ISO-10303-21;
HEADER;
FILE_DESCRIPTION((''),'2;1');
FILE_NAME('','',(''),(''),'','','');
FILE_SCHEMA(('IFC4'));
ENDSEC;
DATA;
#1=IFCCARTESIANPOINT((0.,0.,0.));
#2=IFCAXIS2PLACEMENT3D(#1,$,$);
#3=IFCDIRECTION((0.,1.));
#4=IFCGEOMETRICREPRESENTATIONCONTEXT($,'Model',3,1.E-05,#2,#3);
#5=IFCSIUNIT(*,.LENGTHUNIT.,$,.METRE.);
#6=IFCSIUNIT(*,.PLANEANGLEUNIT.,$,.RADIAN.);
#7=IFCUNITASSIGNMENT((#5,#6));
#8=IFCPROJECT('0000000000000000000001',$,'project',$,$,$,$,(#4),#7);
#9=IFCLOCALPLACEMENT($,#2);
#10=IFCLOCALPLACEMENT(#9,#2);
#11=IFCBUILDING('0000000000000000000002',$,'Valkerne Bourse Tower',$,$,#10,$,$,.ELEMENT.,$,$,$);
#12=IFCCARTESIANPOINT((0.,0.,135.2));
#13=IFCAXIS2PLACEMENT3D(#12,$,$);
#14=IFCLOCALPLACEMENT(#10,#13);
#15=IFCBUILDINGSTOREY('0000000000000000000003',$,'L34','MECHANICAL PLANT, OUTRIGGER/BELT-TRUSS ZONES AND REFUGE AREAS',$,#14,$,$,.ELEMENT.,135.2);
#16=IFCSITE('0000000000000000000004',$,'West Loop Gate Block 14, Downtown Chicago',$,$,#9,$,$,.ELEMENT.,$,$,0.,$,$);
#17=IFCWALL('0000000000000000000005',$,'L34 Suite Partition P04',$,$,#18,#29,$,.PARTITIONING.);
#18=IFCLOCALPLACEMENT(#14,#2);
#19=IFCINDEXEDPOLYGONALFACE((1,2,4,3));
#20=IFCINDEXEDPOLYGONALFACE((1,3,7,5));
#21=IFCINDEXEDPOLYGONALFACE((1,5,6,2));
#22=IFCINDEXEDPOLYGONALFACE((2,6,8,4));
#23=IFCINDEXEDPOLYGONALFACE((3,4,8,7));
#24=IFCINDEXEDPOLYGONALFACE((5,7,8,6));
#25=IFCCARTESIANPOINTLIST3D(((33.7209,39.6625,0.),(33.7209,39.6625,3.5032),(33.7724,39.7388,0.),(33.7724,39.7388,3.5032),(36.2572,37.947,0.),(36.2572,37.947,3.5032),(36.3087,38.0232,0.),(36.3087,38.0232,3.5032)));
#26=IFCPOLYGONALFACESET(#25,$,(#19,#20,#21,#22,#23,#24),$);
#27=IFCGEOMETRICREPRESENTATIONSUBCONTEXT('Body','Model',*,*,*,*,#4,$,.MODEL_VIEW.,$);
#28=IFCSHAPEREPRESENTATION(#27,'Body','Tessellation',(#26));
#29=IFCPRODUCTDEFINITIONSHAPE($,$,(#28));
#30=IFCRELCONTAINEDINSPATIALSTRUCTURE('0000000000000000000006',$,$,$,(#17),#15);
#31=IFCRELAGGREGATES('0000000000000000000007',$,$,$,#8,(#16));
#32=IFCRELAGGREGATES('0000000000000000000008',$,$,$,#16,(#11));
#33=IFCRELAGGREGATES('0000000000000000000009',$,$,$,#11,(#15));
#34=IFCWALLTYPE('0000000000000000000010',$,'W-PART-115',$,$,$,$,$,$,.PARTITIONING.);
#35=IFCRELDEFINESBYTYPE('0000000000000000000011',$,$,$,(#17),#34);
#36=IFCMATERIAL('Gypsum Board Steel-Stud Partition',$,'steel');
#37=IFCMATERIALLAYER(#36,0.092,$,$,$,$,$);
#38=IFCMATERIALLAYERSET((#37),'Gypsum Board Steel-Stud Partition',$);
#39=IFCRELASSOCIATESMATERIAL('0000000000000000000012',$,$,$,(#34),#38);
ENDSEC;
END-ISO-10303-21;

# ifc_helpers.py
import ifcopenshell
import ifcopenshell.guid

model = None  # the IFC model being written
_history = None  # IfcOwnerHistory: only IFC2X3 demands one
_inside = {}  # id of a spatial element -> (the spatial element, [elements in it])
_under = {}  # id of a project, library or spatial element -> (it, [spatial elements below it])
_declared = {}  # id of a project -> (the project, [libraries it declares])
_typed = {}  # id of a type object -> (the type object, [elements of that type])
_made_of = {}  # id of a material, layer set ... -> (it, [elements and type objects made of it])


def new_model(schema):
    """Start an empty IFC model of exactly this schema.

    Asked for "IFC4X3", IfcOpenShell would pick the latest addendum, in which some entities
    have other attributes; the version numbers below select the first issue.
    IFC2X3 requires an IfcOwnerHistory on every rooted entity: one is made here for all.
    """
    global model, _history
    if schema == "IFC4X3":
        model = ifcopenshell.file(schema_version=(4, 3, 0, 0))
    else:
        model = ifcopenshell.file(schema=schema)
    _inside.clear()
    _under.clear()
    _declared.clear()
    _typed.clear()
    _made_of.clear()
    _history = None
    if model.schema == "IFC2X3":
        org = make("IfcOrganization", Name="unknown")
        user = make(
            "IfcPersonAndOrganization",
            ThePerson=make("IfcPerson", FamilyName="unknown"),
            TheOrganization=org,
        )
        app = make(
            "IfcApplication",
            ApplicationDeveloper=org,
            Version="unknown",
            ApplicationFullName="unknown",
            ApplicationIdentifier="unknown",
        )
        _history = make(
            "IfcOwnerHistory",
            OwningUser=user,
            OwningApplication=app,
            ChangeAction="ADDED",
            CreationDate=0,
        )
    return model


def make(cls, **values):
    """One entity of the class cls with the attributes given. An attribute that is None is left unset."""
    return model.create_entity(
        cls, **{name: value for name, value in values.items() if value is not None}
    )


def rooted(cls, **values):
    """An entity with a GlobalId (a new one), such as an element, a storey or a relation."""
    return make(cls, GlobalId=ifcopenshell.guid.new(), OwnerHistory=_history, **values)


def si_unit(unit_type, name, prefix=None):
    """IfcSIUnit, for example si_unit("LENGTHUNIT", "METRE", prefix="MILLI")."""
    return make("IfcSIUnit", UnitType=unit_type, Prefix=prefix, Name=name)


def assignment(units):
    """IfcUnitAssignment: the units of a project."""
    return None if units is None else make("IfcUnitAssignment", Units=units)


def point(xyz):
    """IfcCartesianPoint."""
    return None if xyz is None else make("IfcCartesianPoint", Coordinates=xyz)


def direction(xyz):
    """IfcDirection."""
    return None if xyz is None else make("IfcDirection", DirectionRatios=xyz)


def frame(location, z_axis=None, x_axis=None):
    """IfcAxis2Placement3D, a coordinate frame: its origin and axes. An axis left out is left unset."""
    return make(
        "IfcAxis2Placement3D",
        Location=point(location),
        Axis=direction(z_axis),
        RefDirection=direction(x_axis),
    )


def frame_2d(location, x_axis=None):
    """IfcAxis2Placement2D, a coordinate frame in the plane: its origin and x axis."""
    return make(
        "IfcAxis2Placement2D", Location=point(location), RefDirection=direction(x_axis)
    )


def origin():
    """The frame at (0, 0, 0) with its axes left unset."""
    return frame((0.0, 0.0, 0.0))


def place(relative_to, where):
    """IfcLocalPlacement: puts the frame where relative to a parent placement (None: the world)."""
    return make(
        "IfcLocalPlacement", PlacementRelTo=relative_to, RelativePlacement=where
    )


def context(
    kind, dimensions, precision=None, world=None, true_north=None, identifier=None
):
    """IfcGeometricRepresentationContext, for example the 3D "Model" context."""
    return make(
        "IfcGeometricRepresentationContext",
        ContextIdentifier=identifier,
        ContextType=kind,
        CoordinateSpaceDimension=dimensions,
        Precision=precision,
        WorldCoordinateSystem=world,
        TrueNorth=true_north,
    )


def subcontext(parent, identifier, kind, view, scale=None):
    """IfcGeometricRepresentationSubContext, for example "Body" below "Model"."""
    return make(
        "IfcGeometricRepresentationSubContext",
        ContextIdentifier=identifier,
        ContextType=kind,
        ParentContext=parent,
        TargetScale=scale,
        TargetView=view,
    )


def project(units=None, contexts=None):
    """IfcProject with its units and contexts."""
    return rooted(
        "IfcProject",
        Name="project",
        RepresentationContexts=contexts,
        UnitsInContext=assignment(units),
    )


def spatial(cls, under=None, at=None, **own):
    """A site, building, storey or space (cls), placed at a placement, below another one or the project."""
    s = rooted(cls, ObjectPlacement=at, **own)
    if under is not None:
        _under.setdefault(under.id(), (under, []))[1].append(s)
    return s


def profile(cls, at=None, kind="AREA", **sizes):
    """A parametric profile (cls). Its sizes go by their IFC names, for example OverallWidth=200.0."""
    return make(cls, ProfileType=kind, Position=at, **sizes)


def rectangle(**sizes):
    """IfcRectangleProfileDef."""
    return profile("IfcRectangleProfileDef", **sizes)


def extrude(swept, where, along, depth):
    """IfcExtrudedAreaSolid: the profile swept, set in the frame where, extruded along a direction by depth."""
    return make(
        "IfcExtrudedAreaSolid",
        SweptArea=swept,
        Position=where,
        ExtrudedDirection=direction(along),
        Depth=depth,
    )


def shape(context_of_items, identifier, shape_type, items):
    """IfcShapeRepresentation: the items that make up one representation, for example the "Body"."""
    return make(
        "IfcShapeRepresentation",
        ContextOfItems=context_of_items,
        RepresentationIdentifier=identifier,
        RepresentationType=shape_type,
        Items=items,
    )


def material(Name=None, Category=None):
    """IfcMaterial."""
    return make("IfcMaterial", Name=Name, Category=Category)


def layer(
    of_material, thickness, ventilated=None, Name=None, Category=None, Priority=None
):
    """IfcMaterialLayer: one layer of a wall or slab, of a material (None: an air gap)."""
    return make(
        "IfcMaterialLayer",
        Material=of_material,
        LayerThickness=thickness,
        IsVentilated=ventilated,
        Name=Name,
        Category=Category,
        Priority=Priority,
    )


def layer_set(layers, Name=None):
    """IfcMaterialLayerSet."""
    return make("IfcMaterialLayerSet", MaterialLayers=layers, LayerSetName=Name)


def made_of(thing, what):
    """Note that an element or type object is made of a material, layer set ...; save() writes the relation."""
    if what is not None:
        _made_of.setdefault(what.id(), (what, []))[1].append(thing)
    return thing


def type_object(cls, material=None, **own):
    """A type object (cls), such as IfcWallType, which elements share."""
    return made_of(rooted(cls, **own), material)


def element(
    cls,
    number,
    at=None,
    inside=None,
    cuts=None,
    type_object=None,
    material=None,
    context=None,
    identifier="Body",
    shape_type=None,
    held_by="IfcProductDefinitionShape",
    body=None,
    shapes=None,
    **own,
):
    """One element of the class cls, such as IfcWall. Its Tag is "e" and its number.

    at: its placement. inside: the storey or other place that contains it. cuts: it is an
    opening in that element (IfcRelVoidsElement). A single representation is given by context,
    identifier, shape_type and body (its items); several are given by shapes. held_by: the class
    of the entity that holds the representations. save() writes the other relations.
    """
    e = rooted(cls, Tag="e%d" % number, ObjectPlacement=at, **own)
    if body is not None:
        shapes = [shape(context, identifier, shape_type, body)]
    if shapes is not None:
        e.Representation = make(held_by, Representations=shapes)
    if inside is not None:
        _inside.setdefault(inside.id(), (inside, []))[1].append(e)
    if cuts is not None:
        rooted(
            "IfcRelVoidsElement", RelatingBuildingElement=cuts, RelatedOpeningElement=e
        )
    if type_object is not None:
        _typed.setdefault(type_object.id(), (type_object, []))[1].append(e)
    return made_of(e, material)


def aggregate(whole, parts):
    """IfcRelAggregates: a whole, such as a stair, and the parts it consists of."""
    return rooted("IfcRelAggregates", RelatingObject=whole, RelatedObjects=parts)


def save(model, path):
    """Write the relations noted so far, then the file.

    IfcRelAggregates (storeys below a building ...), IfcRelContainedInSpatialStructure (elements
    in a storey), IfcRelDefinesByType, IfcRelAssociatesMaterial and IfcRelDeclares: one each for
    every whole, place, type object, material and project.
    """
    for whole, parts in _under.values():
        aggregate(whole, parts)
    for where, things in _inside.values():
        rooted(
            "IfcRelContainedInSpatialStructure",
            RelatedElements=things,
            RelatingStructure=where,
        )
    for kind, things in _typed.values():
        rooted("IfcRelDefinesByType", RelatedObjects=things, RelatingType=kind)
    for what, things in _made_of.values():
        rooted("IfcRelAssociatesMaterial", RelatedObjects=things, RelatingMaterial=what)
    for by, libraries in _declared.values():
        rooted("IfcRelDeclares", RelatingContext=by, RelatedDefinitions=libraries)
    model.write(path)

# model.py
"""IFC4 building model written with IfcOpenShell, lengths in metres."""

from ifc_helpers import new_model, si_unit, direction, frame, frame_2d, origin, place, context, subcontext, project, spatial, rectangle, extrude, material, layer, layer_set, type_object, element, save


model = new_model("IFC4")

# Units and contexts
model_context = context("Model", 3, precision=1e-05, world=origin(), true_north=direction((0.0, 1.0)))
body_context = subcontext(model_context, "Body", "Model", "MODEL_VIEW")
ifc_project = project(units=[si_unit("LENGTHUNIT", "METRE"), si_unit("PLANEANGLEUNIT", "RADIAN")], contexts=[model_context])

# Site, building, storey
site_placement = place(None, origin())
site = spatial("IfcSite", under=ifc_project, at=site_placement, Name="West Loop Gate Block 14, Downtown Chicago", CompositionType="ELEMENT", RefElevation=0.0)
building_placement = place(site_placement, origin())
building = spatial("IfcBuilding", under=site, at=building_placement, Name="Valkerne Bourse Tower", CompositionType="ELEMENT")
storey_placement = place(building_placement, frame((0.0, 0.0, 135.2)))
storey = spatial("IfcBuildingStorey", under=building, at=storey_placement, Name="L34", Description="MECHANICAL PLANT, OUTRIGGER/BELT-TRUSS ZONES AND REFUGE AREAS", CompositionType="ELEMENT", Elevation=135.2)

# Shared definitions
ifc_material_1 = material(Name="Gypsum Board Steel-Stud Partition", Category="steel")

# Wall
ifc_layer_1 = layer(ifc_material_1, 0.092)
ifc_layer_set_1 = layer_set([ifc_layer_1], Name="Gypsum Board Steel-Stud Partition")
wall_type_1 = type_object("IfcWallType", Name="W-PART-115", PredefinedType="PARTITIONING", material=ifc_layer_set_1)
wall_1_placement = place(storey_placement, frame((36.283, 37.9851, 0.0), z_axis=(0.0, 0.0, 1.0), x_axis=(-0.828315, 0.560263, 0.0)))
element("IfcWall", 1, at=wall_1_placement, inside=storey, type_object=wall_type_1, Name="L34 Suite Partition P04", PredefinedType="PARTITIONING", context=body_context, shape_type="SweptSolid", body=[
    extrude(rectangle(XDim=3.062, YDim=0.092, at=frame_2d((1.531, 0.0))), origin(), (0.0, 0.0, 1.0), 3.5032),
])

save(model, "model.ifc")
